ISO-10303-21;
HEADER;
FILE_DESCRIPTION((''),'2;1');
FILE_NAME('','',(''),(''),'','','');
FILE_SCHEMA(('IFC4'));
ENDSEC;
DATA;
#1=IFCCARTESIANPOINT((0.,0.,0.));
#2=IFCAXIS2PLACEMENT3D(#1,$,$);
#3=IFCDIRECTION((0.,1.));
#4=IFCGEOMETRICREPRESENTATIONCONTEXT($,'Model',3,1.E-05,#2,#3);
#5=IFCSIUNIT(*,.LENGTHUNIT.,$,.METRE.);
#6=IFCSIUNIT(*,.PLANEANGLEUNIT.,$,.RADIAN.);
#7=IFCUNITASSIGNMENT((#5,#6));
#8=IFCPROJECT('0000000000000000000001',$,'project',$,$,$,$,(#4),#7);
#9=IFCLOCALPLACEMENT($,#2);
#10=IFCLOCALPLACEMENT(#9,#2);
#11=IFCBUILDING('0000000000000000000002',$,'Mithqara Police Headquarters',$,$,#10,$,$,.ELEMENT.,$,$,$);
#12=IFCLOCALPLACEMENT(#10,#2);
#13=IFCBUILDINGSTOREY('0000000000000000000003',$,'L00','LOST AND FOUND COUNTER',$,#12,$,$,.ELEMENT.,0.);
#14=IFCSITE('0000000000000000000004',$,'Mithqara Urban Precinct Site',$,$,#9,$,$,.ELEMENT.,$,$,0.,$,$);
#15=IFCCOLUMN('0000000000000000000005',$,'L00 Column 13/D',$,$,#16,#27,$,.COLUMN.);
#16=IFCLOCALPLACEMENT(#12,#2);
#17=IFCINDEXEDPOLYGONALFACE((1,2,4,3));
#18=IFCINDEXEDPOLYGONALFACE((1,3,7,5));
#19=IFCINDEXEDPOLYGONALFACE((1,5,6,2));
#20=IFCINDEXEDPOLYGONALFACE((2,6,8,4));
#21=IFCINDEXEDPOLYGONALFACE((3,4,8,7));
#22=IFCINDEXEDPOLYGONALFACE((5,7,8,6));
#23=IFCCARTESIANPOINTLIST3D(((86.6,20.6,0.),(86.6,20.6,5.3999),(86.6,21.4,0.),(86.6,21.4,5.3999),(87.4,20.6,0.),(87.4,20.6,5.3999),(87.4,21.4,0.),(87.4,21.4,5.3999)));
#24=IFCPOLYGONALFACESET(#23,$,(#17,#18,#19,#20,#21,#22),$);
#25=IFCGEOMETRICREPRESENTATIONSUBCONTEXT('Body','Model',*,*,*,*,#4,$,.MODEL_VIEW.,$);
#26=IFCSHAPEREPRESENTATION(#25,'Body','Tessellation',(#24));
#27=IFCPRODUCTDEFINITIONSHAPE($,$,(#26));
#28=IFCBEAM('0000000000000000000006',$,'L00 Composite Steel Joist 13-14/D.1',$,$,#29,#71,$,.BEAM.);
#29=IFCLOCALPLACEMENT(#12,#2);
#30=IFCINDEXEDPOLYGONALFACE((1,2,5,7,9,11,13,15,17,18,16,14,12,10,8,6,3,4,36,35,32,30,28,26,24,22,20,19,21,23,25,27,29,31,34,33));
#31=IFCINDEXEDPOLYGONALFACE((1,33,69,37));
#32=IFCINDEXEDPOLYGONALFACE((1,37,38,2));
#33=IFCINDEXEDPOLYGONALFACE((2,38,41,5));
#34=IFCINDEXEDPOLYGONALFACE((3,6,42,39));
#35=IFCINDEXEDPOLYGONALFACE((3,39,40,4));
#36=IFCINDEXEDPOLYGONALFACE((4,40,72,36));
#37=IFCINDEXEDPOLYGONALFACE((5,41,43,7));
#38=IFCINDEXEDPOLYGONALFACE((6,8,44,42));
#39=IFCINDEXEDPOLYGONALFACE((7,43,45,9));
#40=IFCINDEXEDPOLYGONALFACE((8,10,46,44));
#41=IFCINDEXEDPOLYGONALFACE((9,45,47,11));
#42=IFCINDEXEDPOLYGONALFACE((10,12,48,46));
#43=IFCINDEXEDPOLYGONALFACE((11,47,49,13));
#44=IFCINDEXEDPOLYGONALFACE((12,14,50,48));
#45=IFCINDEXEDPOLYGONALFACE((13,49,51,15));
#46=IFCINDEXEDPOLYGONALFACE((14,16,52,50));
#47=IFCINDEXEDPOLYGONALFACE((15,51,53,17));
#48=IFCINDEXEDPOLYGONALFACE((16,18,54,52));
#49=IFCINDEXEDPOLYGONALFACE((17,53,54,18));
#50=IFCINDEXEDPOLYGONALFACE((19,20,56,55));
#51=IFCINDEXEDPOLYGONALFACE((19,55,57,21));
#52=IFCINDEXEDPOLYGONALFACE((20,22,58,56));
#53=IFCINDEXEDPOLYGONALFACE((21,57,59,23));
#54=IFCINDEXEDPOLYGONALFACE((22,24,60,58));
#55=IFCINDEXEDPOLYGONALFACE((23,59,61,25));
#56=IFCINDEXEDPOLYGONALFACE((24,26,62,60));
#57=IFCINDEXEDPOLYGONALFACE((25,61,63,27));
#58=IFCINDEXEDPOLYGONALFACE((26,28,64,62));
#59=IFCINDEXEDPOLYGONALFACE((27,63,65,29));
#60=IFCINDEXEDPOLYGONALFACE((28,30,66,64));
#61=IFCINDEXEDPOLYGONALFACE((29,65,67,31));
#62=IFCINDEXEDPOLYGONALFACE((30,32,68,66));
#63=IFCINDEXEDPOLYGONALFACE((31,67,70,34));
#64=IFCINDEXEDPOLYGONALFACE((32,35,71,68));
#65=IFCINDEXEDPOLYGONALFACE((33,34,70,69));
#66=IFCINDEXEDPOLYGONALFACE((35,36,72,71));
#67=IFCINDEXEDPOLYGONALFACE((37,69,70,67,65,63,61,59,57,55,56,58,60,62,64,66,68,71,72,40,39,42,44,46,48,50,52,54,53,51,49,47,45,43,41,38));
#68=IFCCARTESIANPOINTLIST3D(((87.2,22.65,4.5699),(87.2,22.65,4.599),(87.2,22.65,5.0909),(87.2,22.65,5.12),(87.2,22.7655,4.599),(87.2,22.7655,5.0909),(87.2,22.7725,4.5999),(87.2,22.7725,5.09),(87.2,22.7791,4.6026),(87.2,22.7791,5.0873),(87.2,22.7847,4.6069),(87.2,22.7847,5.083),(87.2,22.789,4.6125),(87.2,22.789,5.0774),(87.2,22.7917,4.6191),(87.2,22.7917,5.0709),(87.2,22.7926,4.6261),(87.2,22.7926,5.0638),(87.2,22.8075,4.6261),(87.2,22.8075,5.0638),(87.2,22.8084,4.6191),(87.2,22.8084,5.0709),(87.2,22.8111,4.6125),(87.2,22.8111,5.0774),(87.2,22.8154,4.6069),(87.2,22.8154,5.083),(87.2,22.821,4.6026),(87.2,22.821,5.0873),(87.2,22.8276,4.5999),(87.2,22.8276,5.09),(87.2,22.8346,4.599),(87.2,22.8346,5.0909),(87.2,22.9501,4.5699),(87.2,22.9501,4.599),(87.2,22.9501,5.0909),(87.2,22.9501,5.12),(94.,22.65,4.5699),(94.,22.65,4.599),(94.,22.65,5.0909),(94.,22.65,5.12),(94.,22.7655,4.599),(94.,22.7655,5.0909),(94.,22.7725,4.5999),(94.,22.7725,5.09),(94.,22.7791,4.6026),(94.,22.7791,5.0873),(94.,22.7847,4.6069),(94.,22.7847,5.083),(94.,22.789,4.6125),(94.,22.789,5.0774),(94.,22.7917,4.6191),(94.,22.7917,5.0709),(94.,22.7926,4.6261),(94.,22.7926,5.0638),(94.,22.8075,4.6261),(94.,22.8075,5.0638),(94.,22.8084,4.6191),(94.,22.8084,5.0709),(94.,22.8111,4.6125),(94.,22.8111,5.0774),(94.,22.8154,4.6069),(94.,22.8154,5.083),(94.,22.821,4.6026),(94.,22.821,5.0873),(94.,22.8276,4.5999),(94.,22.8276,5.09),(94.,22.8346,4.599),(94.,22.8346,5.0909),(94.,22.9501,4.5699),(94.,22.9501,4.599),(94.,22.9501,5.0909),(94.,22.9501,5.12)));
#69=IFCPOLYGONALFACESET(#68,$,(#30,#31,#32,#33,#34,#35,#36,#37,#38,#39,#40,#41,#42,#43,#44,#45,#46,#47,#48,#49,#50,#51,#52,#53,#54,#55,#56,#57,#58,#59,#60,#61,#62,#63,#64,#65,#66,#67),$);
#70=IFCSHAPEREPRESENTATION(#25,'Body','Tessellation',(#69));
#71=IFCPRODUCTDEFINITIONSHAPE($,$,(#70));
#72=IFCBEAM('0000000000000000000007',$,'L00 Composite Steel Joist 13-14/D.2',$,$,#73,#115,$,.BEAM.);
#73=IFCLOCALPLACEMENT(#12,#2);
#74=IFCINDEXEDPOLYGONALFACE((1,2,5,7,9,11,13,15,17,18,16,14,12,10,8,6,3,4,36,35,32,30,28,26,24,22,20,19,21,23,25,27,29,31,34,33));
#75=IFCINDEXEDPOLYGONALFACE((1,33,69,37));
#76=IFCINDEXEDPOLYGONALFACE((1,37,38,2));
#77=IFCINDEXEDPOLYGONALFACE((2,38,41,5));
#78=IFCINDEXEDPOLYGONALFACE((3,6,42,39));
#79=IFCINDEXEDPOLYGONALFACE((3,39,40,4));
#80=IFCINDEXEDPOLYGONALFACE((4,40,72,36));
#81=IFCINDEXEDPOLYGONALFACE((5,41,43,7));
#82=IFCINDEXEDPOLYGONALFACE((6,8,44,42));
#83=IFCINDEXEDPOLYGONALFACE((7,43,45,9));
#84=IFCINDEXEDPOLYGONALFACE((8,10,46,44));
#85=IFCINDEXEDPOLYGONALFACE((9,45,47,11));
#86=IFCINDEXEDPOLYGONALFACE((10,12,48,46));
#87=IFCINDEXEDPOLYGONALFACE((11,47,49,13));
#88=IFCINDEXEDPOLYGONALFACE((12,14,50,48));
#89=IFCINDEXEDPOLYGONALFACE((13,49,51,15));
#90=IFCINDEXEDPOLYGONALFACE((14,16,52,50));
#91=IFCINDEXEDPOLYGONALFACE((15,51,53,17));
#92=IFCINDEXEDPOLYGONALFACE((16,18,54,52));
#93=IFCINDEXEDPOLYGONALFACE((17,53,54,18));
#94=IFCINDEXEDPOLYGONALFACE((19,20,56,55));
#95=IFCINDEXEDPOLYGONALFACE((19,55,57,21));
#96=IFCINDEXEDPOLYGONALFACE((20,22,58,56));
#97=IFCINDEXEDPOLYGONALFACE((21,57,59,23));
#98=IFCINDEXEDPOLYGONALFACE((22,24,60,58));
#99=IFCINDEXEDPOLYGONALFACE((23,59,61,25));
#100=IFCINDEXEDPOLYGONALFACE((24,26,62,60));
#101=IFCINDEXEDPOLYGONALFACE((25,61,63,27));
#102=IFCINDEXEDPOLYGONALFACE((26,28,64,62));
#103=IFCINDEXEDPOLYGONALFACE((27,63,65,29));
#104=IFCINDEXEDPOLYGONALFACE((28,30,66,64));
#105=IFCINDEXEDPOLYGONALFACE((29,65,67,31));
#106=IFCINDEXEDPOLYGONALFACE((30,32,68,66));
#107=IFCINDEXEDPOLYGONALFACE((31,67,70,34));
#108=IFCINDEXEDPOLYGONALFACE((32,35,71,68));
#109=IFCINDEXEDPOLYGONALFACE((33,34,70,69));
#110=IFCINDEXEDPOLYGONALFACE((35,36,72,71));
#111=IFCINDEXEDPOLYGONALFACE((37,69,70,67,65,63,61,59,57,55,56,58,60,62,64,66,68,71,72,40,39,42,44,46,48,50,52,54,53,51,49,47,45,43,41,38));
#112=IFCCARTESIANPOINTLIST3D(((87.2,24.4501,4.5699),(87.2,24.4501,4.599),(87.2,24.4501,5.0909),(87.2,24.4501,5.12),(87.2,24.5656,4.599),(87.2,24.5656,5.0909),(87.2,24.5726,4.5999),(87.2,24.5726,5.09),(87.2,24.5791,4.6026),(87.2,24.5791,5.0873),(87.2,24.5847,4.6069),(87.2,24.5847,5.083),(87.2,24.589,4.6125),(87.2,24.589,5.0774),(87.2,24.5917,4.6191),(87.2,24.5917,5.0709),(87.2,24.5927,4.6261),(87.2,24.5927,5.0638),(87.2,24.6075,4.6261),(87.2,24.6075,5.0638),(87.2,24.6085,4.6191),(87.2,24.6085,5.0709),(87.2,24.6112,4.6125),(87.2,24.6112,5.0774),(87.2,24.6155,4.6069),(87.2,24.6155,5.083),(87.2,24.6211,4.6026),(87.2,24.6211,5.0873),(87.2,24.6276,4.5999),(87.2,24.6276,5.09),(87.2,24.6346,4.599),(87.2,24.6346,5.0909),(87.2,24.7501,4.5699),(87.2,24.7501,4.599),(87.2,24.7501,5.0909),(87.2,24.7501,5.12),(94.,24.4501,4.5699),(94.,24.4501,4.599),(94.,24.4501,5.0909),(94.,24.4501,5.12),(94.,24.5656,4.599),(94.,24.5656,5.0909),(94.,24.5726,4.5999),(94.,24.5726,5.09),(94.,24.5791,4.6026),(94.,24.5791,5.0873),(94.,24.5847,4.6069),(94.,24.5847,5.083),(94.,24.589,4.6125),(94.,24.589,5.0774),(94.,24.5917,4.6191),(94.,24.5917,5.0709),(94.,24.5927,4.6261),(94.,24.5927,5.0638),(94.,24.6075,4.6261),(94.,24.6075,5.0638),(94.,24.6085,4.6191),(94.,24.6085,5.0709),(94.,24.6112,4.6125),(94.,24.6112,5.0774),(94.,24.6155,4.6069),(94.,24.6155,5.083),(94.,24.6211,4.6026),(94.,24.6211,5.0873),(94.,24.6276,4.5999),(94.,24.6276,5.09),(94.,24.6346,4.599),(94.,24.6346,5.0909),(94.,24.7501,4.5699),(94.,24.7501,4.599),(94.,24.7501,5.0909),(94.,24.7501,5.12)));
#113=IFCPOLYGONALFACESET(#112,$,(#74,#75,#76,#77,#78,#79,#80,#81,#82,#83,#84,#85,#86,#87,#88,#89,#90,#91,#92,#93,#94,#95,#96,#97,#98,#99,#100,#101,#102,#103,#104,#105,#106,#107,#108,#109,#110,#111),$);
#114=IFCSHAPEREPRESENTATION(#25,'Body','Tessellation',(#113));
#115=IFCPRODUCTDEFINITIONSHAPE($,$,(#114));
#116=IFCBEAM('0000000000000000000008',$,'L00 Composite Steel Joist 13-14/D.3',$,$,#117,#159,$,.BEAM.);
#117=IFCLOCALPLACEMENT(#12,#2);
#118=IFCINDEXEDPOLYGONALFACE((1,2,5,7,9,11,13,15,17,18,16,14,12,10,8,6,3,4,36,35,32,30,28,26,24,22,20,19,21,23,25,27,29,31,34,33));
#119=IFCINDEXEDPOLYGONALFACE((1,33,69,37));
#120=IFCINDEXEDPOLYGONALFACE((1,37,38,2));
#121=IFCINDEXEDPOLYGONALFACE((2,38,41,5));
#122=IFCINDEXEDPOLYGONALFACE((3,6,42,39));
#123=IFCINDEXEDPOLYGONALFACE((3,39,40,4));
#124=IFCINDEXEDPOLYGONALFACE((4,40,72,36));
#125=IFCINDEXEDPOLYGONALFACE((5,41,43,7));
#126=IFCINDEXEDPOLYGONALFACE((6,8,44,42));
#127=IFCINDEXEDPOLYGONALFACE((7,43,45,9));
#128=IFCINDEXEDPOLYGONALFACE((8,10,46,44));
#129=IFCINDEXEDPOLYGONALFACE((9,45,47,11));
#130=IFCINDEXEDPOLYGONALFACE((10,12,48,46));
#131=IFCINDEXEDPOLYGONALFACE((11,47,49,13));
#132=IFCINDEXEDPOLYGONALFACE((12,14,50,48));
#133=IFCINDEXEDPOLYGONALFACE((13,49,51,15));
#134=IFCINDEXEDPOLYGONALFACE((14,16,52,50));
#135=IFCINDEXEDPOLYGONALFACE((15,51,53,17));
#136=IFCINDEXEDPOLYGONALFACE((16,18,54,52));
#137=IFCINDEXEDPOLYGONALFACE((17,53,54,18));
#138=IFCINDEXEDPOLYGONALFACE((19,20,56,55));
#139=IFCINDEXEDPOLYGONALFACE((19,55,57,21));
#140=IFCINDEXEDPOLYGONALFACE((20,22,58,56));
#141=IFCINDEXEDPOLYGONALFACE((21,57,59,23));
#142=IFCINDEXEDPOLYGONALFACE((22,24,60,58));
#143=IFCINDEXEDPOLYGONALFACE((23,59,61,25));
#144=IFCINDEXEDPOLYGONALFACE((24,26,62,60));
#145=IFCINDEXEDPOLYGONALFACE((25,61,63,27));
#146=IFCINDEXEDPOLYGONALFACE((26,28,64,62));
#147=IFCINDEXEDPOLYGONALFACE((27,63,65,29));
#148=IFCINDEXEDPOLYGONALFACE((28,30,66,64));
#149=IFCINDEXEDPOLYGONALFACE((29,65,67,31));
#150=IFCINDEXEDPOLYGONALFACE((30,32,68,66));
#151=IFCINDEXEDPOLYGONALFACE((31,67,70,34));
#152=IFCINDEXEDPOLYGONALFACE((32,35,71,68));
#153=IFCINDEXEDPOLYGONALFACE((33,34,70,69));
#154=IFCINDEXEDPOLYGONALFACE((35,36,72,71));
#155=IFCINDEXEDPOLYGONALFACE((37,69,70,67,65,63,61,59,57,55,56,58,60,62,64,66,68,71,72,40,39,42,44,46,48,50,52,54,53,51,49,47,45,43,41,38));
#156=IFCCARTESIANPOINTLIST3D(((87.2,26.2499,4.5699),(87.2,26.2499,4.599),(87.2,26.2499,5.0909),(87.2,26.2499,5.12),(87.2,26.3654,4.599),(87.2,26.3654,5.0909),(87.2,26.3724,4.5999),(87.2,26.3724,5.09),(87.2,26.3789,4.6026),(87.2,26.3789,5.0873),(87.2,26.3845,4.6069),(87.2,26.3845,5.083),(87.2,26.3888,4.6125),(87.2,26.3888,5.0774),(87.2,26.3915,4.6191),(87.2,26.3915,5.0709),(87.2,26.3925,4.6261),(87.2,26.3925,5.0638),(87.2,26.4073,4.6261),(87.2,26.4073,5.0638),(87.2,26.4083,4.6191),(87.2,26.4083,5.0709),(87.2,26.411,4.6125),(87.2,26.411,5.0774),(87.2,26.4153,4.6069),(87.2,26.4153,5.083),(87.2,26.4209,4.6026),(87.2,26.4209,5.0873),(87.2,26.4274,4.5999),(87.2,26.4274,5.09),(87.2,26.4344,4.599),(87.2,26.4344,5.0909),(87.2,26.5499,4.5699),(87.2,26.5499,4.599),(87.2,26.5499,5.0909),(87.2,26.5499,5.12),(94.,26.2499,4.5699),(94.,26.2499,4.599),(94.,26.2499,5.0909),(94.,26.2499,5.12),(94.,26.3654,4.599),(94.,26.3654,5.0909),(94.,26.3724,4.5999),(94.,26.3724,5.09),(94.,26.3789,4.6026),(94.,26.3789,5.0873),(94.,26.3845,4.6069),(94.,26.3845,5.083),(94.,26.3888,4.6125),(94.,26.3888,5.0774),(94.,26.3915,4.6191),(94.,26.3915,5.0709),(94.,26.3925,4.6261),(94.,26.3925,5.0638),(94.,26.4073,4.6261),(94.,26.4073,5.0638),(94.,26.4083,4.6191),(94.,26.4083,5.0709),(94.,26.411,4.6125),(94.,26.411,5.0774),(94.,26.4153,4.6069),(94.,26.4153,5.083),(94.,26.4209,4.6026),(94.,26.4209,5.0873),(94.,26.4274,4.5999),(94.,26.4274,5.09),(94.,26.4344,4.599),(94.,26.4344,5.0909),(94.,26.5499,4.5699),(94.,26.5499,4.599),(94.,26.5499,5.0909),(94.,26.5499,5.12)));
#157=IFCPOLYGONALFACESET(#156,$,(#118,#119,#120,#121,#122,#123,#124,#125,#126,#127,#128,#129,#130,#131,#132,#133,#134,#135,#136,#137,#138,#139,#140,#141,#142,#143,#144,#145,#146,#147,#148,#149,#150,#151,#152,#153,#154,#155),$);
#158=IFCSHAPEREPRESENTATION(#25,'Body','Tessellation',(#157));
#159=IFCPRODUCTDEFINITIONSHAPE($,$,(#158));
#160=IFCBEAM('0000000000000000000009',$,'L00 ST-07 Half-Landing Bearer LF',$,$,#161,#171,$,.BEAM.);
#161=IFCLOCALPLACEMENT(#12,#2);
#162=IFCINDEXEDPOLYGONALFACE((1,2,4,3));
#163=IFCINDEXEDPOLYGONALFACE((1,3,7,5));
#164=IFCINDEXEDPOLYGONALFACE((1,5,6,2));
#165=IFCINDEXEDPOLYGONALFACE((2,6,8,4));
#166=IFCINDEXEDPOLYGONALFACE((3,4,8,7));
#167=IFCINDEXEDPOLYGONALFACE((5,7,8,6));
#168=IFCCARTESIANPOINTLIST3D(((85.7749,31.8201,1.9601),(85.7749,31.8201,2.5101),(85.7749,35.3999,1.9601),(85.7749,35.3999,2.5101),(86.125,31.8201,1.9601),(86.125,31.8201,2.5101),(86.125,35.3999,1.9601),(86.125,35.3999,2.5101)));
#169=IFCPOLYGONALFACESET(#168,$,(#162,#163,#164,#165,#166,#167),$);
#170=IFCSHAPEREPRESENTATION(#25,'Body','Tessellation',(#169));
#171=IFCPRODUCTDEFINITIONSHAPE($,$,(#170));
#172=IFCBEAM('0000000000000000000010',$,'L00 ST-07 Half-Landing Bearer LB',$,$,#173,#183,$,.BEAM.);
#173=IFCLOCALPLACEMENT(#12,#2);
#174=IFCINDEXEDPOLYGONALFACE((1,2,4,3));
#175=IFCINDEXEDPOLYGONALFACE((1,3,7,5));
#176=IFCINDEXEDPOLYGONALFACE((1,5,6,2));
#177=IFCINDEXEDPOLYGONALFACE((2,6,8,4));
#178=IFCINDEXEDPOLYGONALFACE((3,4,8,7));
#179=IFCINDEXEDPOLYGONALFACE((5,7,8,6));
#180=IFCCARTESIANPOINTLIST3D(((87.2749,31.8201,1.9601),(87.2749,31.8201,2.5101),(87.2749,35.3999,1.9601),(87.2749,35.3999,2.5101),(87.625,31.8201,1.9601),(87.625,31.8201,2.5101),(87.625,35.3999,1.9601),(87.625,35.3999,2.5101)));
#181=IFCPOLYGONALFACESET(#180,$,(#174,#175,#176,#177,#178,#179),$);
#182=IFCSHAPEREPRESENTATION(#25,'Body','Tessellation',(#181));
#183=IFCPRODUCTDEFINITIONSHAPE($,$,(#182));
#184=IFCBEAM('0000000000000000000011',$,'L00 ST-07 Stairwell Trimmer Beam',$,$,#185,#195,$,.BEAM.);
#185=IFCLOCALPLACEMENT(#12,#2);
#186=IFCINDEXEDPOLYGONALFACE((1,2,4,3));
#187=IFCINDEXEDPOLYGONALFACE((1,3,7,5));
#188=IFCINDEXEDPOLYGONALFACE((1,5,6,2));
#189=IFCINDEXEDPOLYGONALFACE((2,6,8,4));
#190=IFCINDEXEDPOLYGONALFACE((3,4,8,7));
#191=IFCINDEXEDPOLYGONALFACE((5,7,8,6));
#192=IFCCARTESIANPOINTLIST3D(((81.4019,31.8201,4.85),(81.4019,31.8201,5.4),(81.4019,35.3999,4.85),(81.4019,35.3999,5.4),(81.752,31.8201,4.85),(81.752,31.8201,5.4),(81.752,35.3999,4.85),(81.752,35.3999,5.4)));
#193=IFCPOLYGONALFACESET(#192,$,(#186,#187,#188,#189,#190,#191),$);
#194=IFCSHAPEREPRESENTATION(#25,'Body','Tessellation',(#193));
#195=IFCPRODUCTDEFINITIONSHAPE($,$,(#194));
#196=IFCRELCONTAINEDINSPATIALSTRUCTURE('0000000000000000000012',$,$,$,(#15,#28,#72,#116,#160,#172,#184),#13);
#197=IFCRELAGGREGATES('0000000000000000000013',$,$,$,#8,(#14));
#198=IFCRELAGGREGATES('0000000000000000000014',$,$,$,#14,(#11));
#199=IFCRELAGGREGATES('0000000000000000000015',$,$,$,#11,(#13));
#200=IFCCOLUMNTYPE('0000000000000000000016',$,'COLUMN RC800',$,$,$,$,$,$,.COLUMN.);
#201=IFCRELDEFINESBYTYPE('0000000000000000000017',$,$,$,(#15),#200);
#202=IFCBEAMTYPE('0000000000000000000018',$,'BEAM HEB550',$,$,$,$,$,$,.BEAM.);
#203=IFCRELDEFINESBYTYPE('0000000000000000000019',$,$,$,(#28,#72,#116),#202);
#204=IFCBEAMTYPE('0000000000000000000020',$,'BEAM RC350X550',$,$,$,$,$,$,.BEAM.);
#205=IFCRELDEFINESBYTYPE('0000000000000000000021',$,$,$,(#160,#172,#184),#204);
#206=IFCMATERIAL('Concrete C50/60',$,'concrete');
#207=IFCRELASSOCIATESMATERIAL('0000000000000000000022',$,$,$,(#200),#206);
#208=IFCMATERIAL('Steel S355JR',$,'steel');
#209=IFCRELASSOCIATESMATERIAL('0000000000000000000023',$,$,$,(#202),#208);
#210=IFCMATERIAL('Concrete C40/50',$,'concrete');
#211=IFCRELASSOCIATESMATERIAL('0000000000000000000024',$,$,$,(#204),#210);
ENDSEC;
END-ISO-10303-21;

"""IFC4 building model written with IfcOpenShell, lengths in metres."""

from ifc_helpers import new_model, si_unit, direction, frame, origin, origin_2d, place, context, subcontext, project, spatial, rectangle, i_section, extrude, material, material_profile, profile_set, type_object, element, save


model = new_model("IFC4")

# Units and contexts
model_context = context("Model", 3, precision=1e-05, world=origin(), true_north=direction((0.0, 1.0)))
body_context = subcontext(model_context, "Body", "Model", "MODEL_VIEW")
ifc_project = project(units=[si_unit("LENGTHUNIT", "METRE"), si_unit("PLANEANGLEUNIT", "RADIAN")], contexts=[model_context])

# Site, building, storey
site_placement = place(None, origin())
site = spatial("IfcSite", under=ifc_project, at=site_placement, Name="Mithqara Urban Precinct Site", CompositionType="ELEMENT", RefElevation=0.0)
building_placement = place(site_placement, origin())
building = spatial("IfcBuilding", under=site, at=building_placement, Name="Mithqara Police Headquarters", CompositionType="ELEMENT")
storey_placement = place(building_placement, origin())
storey = spatial("IfcBuildingStorey", under=building, at=storey_placement, Name="L00", Description="LOST AND FOUND COUNTER", CompositionType="ELEMENT", Elevation=0.0)

# Column
ifc_material_1 = material(Name="Concrete C50/60", Category="concrete")
ifc_material_profile_1 = material_profile(ifc_material_1, rectangle(XDim=0.8, YDim=0.8, at=origin_2d()), Name="RC 800x800")
ifc_profile_set_1 = profile_set([ifc_material_profile_1], Name="Concrete C50/60")
column_type = type_object("IfcColumnType", Name="COLUMN RC800", PredefinedType="COLUMN", material=ifc_profile_set_1)
column_placement = place(storey_placement, frame((87.0, 21.0, 0.0), z_axis=(0.0, 0.0, 1.0), x_axis=(1.0, 0.0, 0.0)))
element("IfcColumn", 1, at=column_placement, inside=storey, type_object=column_type, Name="L00 Column 13/D", PredefinedType="COLUMN", context=body_context, shape_type="SweptSolid", body=[
    extrude(rectangle(XDim=0.8, YDim=0.8, at=origin_2d()), origin(), (0.0, 0.0, 1.0), 5.3999),
])

# Beams
ifc_material_2 = material(Name="Steel S355JR", Category="steel")
ifc_material_profile_2 = material_profile(ifc_material_2, i_section(OverallWidth=0.3, OverallDepth=0.55, WebThickness=0.0149, FlangeThickness=0.0291, FilletRadius=0.0271, at=origin_2d()), Name="HEB 550")
ifc_profile_set_2 = profile_set([ifc_material_profile_2], Name="Steel S355JR")
beam_type_1 = type_object("IfcBeamType", Name="BEAM HEB550", PredefinedType="BEAM", material=ifc_profile_set_2)
for number, where, z_axis, x_axis, name in (
    (2, (87.2, 22.8, 4.845), (1.0, 0.0, 0.0), (0.0, 1.0, 0.0), "L00 Composite Steel Joist 13-14/D.1"),
    (3, (87.2, 24.6001, 4.845), (1.0, 0.0, 0.0), (0.0, 1.0, 0.0), "L00 Composite Steel Joist 13-14/D.2"),
    (4, (87.2, 26.3999, 4.845), (1.0, 0.0, 0.0), (0.0, 1.0, 0.0), "L00 Composite Steel Joist 13-14/D.3"),
):
    element("IfcBeam", number, at=place(storey_placement, frame(where, z_axis=z_axis, x_axis=x_axis)), inside=storey, type_object=beam_type_1, Name=name, PredefinedType="BEAM", context=body_context, shape_type="SweptSolid", body=[
        extrude(i_section(OverallWidth=0.3, OverallDepth=0.55, WebThickness=0.0149, FlangeThickness=0.0291, FilletRadius=0.0271, at=origin_2d()), origin(), (0.0, 0.0, 1.0), 6.8),
    ])
ifc_material_3 = material(Name="Concrete C40/50", Category="concrete")
ifc_material_profile_3 = material_profile(ifc_material_3, rectangle(XDim=0.3501, YDim=0.55, at=origin_2d()), Name="RC 350x550")
ifc_profile_set_3 = profile_set([ifc_material_profile_3], Name="Concrete C40/50")
beam_type_2 = type_object("IfcBeamType", Name="BEAM RC350X550", PredefinedType="BEAM", material=ifc_profile_set_3)
for number, where, z_axis, x_axis, name in (
    (5, (85.95, 31.8201, 2.2351), (0.0, 1.0, 0.0), (-1.0, 0.0, 0.0), "L00 ST-07 Half-Landing Bearer LF"),
    (6, (87.45, 31.8201, 2.2351), (0.0, 1.0, 0.0), (-1.0, 0.0, 0.0), "L00 ST-07 Half-Landing Bearer LB"),
    (7, (81.5769, 31.8201, 5.125), (0.0, 1.0, 0.0), (-1.0, 0.0, 0.0), "L00 ST-07 Stairwell Trimmer Beam"),
):
    element("IfcBeam", number, at=place(storey_placement, frame(where, z_axis=z_axis, x_axis=x_axis)), inside=storey, type_object=beam_type_2, Name=name, PredefinedType="BEAM", context=body_context, shape_type="SweptSolid", body=[
        extrude(rectangle(XDim=0.3501, YDim=0.55, at=origin_2d()), origin(), (0.0, 0.0, 1.0), 3.5798),
    ])

save(model, "model.ifc")
